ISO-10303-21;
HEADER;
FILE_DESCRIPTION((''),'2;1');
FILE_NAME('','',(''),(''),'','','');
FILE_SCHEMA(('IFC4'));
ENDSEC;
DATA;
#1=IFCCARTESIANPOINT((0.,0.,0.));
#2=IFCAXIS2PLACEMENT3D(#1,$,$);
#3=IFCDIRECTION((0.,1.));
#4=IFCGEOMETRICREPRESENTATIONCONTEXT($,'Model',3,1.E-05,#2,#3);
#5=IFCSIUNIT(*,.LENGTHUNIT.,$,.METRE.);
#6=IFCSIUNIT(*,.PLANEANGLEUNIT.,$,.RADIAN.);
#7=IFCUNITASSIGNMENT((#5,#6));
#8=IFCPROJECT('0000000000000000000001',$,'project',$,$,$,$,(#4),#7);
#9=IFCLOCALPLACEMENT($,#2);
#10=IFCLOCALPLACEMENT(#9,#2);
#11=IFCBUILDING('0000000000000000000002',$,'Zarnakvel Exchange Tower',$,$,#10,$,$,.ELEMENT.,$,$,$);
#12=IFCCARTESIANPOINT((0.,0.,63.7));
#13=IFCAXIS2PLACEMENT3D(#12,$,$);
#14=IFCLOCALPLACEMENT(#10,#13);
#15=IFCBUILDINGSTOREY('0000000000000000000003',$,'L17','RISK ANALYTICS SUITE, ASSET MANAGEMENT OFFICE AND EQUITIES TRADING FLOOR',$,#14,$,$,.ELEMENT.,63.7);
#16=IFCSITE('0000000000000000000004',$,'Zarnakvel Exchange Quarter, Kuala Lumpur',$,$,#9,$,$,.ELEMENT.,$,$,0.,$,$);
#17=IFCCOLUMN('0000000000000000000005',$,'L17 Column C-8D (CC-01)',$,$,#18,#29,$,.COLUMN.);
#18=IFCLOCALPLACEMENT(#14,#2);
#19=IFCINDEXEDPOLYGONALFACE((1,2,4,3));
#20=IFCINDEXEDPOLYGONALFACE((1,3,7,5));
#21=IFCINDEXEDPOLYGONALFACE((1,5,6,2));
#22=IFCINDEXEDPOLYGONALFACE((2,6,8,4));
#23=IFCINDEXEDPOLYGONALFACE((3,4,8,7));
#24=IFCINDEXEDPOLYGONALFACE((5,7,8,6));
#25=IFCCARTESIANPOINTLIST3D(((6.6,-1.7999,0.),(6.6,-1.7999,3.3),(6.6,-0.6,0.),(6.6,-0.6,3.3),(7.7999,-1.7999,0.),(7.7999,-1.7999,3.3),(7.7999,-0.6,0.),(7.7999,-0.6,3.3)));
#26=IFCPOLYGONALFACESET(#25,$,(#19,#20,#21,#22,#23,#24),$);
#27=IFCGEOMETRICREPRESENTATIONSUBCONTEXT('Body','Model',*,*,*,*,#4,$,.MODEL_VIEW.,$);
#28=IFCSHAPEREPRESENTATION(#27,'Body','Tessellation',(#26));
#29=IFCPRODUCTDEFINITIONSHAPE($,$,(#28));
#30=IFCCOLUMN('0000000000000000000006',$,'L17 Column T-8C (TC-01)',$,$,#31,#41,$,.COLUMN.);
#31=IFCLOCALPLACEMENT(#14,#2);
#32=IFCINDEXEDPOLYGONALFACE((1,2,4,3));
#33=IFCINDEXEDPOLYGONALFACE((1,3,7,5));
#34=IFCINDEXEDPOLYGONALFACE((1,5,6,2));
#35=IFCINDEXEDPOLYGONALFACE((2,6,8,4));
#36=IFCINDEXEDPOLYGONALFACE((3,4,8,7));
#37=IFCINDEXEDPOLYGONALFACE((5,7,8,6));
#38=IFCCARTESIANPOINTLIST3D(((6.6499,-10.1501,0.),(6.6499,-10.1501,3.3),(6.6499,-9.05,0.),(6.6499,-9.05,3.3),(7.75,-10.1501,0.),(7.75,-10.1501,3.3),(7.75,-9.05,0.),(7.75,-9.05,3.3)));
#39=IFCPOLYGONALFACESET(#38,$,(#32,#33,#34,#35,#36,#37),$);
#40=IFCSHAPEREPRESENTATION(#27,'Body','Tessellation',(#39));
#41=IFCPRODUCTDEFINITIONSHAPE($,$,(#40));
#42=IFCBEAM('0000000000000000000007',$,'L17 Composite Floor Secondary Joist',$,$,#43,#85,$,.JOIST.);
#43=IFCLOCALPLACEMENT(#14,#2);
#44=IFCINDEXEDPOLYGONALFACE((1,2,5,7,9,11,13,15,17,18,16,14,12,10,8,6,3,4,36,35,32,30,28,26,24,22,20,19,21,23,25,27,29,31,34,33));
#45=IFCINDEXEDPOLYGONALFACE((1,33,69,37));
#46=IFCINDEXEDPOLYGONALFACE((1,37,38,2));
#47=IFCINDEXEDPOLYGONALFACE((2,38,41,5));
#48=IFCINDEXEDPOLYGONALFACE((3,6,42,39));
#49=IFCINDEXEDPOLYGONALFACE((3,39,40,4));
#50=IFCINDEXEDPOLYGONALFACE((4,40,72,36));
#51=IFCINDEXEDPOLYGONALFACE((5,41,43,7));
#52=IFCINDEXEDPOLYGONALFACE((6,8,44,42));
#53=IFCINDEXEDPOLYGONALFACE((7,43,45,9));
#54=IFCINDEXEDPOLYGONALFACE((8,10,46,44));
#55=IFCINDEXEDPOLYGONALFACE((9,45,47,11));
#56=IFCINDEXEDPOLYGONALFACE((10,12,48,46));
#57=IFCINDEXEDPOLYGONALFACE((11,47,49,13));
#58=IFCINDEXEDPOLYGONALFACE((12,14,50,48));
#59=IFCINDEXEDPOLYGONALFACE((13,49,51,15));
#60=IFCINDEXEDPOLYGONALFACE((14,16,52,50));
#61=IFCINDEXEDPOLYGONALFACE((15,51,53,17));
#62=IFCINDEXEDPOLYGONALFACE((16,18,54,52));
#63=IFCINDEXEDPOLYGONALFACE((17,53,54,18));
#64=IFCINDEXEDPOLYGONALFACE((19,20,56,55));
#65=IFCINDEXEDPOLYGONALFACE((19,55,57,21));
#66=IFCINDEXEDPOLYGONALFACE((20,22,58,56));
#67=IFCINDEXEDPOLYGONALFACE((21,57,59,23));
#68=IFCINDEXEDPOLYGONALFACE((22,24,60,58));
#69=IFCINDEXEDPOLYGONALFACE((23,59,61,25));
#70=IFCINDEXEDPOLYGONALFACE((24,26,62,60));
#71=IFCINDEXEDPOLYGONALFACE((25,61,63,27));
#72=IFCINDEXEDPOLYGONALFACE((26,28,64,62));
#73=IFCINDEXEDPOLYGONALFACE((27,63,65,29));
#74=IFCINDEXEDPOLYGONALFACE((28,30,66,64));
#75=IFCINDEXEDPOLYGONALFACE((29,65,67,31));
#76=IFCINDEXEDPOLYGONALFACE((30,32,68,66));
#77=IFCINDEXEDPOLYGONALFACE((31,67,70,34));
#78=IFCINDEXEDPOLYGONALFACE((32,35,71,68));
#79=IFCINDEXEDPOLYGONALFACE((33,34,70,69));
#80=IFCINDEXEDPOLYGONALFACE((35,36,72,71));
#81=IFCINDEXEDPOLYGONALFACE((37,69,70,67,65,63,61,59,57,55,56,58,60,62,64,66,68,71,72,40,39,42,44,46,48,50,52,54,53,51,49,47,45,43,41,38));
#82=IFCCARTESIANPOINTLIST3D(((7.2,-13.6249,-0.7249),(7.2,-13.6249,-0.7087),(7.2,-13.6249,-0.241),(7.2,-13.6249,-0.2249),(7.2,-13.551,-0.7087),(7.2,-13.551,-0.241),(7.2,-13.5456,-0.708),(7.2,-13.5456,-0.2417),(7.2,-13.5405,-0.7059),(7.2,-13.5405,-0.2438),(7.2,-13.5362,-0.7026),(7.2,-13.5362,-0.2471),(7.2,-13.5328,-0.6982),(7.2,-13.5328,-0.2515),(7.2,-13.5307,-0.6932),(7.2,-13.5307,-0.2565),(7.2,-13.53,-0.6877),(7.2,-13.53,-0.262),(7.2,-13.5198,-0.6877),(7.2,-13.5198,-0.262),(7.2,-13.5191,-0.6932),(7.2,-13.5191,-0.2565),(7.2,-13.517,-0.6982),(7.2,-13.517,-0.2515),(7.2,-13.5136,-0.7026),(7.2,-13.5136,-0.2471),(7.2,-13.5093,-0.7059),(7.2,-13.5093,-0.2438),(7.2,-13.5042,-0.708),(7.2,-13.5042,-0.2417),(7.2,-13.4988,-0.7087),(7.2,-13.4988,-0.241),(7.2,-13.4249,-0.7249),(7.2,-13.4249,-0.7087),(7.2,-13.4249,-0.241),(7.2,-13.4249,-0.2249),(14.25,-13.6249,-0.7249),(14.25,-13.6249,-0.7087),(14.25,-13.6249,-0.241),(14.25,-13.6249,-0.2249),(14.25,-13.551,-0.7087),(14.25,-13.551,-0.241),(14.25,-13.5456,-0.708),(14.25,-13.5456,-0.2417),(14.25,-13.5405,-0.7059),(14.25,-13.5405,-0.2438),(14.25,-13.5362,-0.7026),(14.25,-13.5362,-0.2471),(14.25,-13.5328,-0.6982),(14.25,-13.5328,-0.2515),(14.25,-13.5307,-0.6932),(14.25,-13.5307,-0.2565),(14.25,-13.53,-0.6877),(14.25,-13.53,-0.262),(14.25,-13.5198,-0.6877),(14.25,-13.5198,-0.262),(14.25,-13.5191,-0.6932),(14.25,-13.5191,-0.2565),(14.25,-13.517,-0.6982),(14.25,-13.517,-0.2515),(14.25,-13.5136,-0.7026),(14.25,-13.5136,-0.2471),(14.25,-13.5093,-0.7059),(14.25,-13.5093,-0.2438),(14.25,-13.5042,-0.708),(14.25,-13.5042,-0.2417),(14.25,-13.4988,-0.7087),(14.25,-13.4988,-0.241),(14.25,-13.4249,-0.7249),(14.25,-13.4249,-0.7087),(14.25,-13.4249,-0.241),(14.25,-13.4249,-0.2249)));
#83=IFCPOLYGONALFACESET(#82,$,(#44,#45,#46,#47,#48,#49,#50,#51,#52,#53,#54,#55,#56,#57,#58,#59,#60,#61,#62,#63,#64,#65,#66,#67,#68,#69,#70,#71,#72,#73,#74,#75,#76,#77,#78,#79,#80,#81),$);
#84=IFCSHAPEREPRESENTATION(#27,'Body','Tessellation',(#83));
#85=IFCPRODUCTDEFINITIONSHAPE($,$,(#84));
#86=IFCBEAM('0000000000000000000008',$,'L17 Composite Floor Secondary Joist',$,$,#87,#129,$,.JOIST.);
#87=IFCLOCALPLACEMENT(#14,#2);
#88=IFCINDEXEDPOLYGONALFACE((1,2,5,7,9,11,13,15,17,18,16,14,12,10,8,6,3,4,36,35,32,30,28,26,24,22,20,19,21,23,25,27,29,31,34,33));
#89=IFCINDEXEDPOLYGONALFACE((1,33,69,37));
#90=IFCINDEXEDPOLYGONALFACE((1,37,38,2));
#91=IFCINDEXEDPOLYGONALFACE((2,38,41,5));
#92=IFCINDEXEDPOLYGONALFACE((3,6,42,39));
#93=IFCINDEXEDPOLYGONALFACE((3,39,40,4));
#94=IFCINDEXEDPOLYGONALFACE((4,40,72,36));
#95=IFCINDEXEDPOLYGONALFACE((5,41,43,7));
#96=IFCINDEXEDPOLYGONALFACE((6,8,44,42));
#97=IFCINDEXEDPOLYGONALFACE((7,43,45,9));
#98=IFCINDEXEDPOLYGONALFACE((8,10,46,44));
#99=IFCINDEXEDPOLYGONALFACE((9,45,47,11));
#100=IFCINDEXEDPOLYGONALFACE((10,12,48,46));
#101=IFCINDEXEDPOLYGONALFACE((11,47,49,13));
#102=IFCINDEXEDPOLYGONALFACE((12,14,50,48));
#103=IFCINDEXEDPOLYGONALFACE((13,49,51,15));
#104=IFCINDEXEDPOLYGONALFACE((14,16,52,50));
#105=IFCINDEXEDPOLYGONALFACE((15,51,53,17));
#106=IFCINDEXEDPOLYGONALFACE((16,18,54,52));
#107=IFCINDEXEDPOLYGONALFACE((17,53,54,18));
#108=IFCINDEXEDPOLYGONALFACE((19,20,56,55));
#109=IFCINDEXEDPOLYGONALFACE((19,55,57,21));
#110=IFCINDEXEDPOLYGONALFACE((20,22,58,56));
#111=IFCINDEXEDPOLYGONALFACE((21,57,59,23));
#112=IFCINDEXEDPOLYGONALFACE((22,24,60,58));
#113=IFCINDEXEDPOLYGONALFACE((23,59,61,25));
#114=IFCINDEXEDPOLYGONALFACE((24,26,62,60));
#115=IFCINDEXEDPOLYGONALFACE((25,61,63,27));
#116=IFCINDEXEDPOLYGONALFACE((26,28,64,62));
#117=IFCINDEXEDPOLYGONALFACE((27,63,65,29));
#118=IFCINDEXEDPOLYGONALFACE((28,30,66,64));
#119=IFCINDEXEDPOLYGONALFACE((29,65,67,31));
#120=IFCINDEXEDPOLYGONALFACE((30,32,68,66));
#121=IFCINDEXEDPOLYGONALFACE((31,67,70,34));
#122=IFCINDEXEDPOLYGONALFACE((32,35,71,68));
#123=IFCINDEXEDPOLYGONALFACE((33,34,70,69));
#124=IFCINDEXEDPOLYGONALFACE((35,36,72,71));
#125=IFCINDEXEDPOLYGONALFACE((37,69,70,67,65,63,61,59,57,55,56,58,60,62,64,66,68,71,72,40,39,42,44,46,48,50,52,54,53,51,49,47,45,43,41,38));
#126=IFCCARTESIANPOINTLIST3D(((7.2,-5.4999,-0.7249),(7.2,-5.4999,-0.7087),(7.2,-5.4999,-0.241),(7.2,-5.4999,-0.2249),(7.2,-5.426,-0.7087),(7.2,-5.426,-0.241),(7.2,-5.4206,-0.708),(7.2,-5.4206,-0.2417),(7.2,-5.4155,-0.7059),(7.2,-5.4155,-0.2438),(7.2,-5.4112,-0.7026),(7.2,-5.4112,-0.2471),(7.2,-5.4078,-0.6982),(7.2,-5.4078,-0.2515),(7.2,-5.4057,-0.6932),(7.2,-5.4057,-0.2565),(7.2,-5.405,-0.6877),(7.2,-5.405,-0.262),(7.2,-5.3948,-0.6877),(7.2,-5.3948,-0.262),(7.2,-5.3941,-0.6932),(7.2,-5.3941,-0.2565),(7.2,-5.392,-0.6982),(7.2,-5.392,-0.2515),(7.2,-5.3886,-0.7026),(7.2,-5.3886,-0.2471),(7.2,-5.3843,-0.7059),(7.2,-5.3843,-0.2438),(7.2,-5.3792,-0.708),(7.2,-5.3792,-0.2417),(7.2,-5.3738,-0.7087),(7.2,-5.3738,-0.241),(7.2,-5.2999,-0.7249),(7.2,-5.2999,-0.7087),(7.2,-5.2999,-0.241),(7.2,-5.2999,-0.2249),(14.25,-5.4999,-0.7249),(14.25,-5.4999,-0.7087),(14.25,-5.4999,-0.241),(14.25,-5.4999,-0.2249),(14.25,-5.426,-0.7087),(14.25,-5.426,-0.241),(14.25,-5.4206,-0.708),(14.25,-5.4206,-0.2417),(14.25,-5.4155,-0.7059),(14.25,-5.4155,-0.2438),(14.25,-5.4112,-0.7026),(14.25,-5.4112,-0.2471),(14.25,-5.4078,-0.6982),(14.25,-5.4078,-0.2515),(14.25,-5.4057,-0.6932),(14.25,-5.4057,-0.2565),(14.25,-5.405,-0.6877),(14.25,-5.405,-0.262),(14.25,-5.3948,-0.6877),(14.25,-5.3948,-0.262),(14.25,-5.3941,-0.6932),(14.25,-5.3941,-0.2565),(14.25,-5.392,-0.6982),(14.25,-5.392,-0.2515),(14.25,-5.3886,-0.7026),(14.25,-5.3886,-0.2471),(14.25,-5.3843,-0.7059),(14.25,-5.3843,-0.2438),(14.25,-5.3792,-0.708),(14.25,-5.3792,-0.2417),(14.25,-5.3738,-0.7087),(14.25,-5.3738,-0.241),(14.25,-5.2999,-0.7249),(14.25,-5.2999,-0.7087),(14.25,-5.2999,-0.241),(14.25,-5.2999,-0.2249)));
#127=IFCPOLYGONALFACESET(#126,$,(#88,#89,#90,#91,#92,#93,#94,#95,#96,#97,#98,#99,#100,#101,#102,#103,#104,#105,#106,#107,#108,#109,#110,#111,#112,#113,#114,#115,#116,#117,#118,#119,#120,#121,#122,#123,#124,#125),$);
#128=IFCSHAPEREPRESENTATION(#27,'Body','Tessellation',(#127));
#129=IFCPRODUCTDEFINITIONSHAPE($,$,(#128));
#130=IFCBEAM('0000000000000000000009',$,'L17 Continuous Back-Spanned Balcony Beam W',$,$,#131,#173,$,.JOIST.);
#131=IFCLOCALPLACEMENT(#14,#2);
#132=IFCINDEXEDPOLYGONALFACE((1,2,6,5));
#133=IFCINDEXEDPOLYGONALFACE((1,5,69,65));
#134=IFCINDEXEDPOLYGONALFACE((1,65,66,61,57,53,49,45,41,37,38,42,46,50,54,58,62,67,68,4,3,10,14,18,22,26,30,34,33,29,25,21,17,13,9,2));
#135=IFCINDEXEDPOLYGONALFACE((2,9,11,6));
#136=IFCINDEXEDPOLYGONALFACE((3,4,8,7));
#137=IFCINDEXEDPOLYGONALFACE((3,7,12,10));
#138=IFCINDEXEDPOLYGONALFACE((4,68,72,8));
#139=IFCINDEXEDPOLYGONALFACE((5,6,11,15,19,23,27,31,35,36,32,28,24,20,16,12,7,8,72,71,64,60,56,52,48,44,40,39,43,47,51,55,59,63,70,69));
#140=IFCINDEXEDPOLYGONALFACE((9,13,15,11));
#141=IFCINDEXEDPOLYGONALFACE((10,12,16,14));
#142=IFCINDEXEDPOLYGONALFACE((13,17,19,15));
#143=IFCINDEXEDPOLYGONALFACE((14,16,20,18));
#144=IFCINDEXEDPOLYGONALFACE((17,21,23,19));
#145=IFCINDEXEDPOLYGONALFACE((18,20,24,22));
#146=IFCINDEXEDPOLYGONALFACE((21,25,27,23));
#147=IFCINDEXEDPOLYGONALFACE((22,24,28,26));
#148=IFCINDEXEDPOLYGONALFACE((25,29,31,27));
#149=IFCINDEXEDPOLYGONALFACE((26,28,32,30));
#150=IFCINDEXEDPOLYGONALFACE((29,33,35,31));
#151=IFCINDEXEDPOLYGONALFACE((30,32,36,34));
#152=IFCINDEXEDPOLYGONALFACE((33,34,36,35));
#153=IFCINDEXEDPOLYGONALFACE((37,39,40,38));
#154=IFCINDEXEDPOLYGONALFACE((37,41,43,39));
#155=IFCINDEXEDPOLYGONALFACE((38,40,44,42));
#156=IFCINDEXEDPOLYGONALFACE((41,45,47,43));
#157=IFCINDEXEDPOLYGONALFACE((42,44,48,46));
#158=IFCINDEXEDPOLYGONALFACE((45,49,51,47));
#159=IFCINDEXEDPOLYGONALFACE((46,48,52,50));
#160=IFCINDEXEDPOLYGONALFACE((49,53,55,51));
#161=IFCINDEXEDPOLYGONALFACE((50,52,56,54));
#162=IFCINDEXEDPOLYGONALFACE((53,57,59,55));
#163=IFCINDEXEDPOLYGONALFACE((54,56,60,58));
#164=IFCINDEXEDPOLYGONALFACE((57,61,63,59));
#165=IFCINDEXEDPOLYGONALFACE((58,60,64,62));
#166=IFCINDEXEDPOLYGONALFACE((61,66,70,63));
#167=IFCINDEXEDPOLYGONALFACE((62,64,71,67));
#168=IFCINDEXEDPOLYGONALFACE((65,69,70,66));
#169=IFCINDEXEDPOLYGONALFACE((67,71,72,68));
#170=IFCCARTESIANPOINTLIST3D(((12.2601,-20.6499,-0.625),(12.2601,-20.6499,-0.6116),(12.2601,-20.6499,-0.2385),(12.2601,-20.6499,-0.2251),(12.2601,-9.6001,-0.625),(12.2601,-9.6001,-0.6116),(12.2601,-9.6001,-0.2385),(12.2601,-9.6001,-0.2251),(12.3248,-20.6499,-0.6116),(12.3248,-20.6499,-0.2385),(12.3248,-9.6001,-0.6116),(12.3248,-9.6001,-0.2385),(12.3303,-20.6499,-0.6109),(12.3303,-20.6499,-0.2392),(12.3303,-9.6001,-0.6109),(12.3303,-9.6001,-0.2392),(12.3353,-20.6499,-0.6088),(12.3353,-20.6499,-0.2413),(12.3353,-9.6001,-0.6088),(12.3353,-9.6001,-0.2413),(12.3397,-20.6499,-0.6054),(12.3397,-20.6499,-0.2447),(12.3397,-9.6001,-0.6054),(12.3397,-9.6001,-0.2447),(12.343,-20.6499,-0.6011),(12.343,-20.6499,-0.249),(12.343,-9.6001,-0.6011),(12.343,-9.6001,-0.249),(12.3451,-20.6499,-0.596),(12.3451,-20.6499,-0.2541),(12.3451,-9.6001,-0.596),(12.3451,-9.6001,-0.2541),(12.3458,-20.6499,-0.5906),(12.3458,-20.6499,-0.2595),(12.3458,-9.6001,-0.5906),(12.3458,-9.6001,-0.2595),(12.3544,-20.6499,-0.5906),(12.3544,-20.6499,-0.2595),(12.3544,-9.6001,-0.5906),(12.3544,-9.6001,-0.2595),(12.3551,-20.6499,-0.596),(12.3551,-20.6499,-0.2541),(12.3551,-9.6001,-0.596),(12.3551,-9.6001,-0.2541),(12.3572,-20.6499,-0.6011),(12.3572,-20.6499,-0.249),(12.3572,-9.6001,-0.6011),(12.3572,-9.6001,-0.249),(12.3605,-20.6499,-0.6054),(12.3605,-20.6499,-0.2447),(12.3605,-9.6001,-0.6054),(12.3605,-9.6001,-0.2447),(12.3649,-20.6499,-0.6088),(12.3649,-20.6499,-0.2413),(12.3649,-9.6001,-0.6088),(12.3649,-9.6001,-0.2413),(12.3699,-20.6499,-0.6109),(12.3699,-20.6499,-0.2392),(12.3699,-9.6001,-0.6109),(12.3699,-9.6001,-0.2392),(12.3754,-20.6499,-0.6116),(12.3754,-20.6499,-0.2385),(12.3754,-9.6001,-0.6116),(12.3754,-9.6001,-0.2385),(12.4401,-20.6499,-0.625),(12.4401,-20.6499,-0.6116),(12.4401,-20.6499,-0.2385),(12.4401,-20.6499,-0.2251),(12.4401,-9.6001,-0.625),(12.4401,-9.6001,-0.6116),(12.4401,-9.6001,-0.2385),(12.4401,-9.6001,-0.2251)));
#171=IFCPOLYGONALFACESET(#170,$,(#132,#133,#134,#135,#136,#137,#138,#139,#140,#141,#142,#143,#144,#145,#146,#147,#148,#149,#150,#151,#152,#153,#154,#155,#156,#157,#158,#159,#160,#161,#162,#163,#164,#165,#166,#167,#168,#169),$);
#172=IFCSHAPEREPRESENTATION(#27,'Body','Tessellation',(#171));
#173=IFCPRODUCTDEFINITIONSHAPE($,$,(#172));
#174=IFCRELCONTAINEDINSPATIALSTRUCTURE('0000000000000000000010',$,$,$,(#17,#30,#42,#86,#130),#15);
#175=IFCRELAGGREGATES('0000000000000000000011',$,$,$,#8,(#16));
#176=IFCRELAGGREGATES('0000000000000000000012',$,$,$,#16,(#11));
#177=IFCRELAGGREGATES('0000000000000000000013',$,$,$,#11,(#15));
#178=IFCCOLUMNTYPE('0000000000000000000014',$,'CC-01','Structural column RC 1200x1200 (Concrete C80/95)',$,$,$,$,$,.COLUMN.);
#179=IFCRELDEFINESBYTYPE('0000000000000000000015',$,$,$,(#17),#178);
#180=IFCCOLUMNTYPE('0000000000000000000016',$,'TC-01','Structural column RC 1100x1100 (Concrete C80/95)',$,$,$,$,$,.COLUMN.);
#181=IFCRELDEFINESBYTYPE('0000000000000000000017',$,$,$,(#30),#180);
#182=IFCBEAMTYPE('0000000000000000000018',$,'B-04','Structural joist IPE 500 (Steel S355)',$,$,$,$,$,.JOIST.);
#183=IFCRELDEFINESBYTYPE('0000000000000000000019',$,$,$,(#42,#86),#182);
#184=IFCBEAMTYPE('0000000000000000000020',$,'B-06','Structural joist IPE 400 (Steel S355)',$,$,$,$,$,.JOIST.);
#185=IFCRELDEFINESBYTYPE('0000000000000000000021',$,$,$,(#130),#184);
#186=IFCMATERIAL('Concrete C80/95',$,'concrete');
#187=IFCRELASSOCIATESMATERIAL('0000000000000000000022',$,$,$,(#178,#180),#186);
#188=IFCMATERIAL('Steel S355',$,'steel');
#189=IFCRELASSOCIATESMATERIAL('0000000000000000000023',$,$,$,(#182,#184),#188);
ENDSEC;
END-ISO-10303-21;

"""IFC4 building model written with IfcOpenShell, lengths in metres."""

from ifc_helpers import new_model, si_unit, direction, frame, origin, origin_2d, place, context, subcontext, project, spatial, rectangle, i_section, extrude, material, material_profile, profile_set, type_object, element, save


model = new_model("IFC4")

# Units and contexts
model_context = context("Model", 3, precision=1e-05, world=origin(), true_north=direction((0.0, 1.0)))
body_context = subcontext(model_context, "Body", "Model", "MODEL_VIEW")
ifc_project = project(units=[si_unit("LENGTHUNIT", "METRE"), si_unit("PLANEANGLEUNIT", "RADIAN")], contexts=[model_context])

# Site, building, storey
site_placement = place(None, origin())
site = spatial("IfcSite", under=ifc_project, at=site_placement, Name="Zarnakvel Exchange Quarter, Kuala Lumpur", CompositionType="ELEMENT", RefElevation=0.0)
building_placement = place(site_placement, origin())
building = spatial("IfcBuilding", under=site, at=building_placement, Name="Zarnakvel Exchange Tower", CompositionType="ELEMENT")
storey_placement = place(building_placement, frame((0.0, 0.0, 63.7)))
storey = spatial("IfcBuildingStorey", under=building, at=storey_placement, Name="L17", Description="RISK ANALYTICS SUITE, ASSET MANAGEMENT OFFICE AND EQUITIES TRADING FLOOR", CompositionType="ELEMENT", Elevation=63.7)

# Columns
ifc_material_1 = material(Name="Concrete C80/95", Category="concrete")
ifc_material_profile_1 = material_profile(ifc_material_1, rectangle(XDim=1.2, YDim=1.2, at=origin_2d()))
ifc_profile_set_1 = profile_set([ifc_material_profile_1], Name="Concrete C80/95")
column_type_1 = type_object("IfcColumnType", Name="CC-01", Description="Structural column RC 1200x1200 (Concrete C80/95)", PredefinedType="COLUMN", material=ifc_profile_set_1)
column_1_placement = place(storey_placement, frame((7.2, -1.2, 0.0), z_axis=(0.0, 0.0, 1.0), x_axis=(1.0, 0.0, 0.0)))
element("IfcColumn", 1, at=column_1_placement, inside=storey, type_object=column_type_1, Name="L17 Column C-8D (CC-01)", PredefinedType="COLUMN", context=body_context, shape_type="SweptSolid", body=[
    extrude(rectangle(XDim=1.2, YDim=1.2, at=origin_2d()), origin(), (0.0, 0.0, 1.0), 3.3),
])
ifc_material_profile_2 = material_profile(ifc_material_1, rectangle(XDim=1.1001, YDim=1.1001, at=origin_2d()))
ifc_profile_set_2 = profile_set([ifc_material_profile_2], Name="Concrete C80/95")
column_type_2 = type_object("IfcColumnType", Name="TC-01", Description="Structural column RC 1100x1100 (Concrete C80/95)", PredefinedType="COLUMN", material=ifc_profile_set_2)
column_2_placement = place(storey_placement, frame((7.2, -9.6001, 0.0), z_axis=(0.0, 0.0, 1.0), x_axis=(1.0, 0.0, 0.0)))
element("IfcColumn", 2, at=column_2_placement, inside=storey, type_object=column_type_2, Name="L17 Column T-8C (TC-01)", PredefinedType="COLUMN", context=body_context, shape_type="SweptSolid", body=[
    extrude(rectangle(XDim=1.1001, YDim=1.1001, at=origin_2d()), origin(), (0.0, 0.0, 1.0), 3.3),
])

# Beams
ifc_material_2 = material(Name="Steel S355", Category="steel")
ifc_material_profile_3 = material_profile(ifc_material_2, i_section(OverallWidth=0.2, OverallDepth=0.5, WebThickness=0.0103, FlangeThickness=0.0161, FilletRadius=0.021, at=origin_2d()))
ifc_profile_set_3 = profile_set([ifc_material_profile_3], Name="Steel S355")
beam_type_1 = type_object("IfcBeamType", Name="B-04", Description="Structural joist IPE 500 (Steel S355)", PredefinedType="JOIST", material=ifc_profile_set_3)
for number, where, z_axis, x_axis, name in (
    (3, (7.2, -13.5249, -0.4749), (1.0, 0.0, 0.0), (0.0, 1.0, 0.0), "L17 Composite Floor Secondary Joist"),
    (4, (7.2, -5.3999, -0.4749), (1.0, 0.0, 0.0), (0.0, 1.0, 0.0), "L17 Composite Floor Secondary Joist"),
):
    element("IfcBeam", number, at=place(storey_placement, frame(where, z_axis=z_axis, x_axis=x_axis)), inside=storey, type_object=beam_type_1, Name=name, PredefinedType="JOIST", context=body_context, shape_type="SweptSolid", body=[
        extrude(i_section(OverallWidth=0.2, OverallDepth=0.5, WebThickness=0.0103, FlangeThickness=0.0161, FilletRadius=0.021, at=origin_2d()), origin(), (0.0, 0.0, 1.0), 7.05),
    ])
ifc_material_profile_4 = material_profile(ifc_material_2, i_section(OverallWidth=0.1799, OverallDepth=0.3999, WebThickness=0.0085, FlangeThickness=0.0134, FilletRadius=0.021, at=origin_2d()))
ifc_profile_set_4 = profile_set([ifc_material_profile_4], Name="Steel S355")
beam_type_2 = type_object("IfcBeamType", Name="B-06", Description="Structural joist IPE 400 (Steel S355)", PredefinedType="JOIST", material=ifc_profile_set_4)
beam_1_placement = place(storey_placement, frame((12.3501, -9.6001, -0.425), z_axis=(0.0, -1.0, 0.0), x_axis=(1.0, 0.0, 0.0)))
element("IfcBeam", 5, at=beam_1_placement, inside=storey, type_object=beam_type_2, Name="L17 Continuous Back-Spanned Balcony Beam W", PredefinedType="JOIST", context=body_context, shape_type="SweptSolid", body=[
    extrude(i_section(OverallWidth=0.1799, OverallDepth=0.3999, WebThickness=0.0085, FlangeThickness=0.0134, FilletRadius=0.021, at=origin_2d()), origin(), (0.0, 0.0, 1.0), 11.0498),
])

save(model, "model.ifc")
